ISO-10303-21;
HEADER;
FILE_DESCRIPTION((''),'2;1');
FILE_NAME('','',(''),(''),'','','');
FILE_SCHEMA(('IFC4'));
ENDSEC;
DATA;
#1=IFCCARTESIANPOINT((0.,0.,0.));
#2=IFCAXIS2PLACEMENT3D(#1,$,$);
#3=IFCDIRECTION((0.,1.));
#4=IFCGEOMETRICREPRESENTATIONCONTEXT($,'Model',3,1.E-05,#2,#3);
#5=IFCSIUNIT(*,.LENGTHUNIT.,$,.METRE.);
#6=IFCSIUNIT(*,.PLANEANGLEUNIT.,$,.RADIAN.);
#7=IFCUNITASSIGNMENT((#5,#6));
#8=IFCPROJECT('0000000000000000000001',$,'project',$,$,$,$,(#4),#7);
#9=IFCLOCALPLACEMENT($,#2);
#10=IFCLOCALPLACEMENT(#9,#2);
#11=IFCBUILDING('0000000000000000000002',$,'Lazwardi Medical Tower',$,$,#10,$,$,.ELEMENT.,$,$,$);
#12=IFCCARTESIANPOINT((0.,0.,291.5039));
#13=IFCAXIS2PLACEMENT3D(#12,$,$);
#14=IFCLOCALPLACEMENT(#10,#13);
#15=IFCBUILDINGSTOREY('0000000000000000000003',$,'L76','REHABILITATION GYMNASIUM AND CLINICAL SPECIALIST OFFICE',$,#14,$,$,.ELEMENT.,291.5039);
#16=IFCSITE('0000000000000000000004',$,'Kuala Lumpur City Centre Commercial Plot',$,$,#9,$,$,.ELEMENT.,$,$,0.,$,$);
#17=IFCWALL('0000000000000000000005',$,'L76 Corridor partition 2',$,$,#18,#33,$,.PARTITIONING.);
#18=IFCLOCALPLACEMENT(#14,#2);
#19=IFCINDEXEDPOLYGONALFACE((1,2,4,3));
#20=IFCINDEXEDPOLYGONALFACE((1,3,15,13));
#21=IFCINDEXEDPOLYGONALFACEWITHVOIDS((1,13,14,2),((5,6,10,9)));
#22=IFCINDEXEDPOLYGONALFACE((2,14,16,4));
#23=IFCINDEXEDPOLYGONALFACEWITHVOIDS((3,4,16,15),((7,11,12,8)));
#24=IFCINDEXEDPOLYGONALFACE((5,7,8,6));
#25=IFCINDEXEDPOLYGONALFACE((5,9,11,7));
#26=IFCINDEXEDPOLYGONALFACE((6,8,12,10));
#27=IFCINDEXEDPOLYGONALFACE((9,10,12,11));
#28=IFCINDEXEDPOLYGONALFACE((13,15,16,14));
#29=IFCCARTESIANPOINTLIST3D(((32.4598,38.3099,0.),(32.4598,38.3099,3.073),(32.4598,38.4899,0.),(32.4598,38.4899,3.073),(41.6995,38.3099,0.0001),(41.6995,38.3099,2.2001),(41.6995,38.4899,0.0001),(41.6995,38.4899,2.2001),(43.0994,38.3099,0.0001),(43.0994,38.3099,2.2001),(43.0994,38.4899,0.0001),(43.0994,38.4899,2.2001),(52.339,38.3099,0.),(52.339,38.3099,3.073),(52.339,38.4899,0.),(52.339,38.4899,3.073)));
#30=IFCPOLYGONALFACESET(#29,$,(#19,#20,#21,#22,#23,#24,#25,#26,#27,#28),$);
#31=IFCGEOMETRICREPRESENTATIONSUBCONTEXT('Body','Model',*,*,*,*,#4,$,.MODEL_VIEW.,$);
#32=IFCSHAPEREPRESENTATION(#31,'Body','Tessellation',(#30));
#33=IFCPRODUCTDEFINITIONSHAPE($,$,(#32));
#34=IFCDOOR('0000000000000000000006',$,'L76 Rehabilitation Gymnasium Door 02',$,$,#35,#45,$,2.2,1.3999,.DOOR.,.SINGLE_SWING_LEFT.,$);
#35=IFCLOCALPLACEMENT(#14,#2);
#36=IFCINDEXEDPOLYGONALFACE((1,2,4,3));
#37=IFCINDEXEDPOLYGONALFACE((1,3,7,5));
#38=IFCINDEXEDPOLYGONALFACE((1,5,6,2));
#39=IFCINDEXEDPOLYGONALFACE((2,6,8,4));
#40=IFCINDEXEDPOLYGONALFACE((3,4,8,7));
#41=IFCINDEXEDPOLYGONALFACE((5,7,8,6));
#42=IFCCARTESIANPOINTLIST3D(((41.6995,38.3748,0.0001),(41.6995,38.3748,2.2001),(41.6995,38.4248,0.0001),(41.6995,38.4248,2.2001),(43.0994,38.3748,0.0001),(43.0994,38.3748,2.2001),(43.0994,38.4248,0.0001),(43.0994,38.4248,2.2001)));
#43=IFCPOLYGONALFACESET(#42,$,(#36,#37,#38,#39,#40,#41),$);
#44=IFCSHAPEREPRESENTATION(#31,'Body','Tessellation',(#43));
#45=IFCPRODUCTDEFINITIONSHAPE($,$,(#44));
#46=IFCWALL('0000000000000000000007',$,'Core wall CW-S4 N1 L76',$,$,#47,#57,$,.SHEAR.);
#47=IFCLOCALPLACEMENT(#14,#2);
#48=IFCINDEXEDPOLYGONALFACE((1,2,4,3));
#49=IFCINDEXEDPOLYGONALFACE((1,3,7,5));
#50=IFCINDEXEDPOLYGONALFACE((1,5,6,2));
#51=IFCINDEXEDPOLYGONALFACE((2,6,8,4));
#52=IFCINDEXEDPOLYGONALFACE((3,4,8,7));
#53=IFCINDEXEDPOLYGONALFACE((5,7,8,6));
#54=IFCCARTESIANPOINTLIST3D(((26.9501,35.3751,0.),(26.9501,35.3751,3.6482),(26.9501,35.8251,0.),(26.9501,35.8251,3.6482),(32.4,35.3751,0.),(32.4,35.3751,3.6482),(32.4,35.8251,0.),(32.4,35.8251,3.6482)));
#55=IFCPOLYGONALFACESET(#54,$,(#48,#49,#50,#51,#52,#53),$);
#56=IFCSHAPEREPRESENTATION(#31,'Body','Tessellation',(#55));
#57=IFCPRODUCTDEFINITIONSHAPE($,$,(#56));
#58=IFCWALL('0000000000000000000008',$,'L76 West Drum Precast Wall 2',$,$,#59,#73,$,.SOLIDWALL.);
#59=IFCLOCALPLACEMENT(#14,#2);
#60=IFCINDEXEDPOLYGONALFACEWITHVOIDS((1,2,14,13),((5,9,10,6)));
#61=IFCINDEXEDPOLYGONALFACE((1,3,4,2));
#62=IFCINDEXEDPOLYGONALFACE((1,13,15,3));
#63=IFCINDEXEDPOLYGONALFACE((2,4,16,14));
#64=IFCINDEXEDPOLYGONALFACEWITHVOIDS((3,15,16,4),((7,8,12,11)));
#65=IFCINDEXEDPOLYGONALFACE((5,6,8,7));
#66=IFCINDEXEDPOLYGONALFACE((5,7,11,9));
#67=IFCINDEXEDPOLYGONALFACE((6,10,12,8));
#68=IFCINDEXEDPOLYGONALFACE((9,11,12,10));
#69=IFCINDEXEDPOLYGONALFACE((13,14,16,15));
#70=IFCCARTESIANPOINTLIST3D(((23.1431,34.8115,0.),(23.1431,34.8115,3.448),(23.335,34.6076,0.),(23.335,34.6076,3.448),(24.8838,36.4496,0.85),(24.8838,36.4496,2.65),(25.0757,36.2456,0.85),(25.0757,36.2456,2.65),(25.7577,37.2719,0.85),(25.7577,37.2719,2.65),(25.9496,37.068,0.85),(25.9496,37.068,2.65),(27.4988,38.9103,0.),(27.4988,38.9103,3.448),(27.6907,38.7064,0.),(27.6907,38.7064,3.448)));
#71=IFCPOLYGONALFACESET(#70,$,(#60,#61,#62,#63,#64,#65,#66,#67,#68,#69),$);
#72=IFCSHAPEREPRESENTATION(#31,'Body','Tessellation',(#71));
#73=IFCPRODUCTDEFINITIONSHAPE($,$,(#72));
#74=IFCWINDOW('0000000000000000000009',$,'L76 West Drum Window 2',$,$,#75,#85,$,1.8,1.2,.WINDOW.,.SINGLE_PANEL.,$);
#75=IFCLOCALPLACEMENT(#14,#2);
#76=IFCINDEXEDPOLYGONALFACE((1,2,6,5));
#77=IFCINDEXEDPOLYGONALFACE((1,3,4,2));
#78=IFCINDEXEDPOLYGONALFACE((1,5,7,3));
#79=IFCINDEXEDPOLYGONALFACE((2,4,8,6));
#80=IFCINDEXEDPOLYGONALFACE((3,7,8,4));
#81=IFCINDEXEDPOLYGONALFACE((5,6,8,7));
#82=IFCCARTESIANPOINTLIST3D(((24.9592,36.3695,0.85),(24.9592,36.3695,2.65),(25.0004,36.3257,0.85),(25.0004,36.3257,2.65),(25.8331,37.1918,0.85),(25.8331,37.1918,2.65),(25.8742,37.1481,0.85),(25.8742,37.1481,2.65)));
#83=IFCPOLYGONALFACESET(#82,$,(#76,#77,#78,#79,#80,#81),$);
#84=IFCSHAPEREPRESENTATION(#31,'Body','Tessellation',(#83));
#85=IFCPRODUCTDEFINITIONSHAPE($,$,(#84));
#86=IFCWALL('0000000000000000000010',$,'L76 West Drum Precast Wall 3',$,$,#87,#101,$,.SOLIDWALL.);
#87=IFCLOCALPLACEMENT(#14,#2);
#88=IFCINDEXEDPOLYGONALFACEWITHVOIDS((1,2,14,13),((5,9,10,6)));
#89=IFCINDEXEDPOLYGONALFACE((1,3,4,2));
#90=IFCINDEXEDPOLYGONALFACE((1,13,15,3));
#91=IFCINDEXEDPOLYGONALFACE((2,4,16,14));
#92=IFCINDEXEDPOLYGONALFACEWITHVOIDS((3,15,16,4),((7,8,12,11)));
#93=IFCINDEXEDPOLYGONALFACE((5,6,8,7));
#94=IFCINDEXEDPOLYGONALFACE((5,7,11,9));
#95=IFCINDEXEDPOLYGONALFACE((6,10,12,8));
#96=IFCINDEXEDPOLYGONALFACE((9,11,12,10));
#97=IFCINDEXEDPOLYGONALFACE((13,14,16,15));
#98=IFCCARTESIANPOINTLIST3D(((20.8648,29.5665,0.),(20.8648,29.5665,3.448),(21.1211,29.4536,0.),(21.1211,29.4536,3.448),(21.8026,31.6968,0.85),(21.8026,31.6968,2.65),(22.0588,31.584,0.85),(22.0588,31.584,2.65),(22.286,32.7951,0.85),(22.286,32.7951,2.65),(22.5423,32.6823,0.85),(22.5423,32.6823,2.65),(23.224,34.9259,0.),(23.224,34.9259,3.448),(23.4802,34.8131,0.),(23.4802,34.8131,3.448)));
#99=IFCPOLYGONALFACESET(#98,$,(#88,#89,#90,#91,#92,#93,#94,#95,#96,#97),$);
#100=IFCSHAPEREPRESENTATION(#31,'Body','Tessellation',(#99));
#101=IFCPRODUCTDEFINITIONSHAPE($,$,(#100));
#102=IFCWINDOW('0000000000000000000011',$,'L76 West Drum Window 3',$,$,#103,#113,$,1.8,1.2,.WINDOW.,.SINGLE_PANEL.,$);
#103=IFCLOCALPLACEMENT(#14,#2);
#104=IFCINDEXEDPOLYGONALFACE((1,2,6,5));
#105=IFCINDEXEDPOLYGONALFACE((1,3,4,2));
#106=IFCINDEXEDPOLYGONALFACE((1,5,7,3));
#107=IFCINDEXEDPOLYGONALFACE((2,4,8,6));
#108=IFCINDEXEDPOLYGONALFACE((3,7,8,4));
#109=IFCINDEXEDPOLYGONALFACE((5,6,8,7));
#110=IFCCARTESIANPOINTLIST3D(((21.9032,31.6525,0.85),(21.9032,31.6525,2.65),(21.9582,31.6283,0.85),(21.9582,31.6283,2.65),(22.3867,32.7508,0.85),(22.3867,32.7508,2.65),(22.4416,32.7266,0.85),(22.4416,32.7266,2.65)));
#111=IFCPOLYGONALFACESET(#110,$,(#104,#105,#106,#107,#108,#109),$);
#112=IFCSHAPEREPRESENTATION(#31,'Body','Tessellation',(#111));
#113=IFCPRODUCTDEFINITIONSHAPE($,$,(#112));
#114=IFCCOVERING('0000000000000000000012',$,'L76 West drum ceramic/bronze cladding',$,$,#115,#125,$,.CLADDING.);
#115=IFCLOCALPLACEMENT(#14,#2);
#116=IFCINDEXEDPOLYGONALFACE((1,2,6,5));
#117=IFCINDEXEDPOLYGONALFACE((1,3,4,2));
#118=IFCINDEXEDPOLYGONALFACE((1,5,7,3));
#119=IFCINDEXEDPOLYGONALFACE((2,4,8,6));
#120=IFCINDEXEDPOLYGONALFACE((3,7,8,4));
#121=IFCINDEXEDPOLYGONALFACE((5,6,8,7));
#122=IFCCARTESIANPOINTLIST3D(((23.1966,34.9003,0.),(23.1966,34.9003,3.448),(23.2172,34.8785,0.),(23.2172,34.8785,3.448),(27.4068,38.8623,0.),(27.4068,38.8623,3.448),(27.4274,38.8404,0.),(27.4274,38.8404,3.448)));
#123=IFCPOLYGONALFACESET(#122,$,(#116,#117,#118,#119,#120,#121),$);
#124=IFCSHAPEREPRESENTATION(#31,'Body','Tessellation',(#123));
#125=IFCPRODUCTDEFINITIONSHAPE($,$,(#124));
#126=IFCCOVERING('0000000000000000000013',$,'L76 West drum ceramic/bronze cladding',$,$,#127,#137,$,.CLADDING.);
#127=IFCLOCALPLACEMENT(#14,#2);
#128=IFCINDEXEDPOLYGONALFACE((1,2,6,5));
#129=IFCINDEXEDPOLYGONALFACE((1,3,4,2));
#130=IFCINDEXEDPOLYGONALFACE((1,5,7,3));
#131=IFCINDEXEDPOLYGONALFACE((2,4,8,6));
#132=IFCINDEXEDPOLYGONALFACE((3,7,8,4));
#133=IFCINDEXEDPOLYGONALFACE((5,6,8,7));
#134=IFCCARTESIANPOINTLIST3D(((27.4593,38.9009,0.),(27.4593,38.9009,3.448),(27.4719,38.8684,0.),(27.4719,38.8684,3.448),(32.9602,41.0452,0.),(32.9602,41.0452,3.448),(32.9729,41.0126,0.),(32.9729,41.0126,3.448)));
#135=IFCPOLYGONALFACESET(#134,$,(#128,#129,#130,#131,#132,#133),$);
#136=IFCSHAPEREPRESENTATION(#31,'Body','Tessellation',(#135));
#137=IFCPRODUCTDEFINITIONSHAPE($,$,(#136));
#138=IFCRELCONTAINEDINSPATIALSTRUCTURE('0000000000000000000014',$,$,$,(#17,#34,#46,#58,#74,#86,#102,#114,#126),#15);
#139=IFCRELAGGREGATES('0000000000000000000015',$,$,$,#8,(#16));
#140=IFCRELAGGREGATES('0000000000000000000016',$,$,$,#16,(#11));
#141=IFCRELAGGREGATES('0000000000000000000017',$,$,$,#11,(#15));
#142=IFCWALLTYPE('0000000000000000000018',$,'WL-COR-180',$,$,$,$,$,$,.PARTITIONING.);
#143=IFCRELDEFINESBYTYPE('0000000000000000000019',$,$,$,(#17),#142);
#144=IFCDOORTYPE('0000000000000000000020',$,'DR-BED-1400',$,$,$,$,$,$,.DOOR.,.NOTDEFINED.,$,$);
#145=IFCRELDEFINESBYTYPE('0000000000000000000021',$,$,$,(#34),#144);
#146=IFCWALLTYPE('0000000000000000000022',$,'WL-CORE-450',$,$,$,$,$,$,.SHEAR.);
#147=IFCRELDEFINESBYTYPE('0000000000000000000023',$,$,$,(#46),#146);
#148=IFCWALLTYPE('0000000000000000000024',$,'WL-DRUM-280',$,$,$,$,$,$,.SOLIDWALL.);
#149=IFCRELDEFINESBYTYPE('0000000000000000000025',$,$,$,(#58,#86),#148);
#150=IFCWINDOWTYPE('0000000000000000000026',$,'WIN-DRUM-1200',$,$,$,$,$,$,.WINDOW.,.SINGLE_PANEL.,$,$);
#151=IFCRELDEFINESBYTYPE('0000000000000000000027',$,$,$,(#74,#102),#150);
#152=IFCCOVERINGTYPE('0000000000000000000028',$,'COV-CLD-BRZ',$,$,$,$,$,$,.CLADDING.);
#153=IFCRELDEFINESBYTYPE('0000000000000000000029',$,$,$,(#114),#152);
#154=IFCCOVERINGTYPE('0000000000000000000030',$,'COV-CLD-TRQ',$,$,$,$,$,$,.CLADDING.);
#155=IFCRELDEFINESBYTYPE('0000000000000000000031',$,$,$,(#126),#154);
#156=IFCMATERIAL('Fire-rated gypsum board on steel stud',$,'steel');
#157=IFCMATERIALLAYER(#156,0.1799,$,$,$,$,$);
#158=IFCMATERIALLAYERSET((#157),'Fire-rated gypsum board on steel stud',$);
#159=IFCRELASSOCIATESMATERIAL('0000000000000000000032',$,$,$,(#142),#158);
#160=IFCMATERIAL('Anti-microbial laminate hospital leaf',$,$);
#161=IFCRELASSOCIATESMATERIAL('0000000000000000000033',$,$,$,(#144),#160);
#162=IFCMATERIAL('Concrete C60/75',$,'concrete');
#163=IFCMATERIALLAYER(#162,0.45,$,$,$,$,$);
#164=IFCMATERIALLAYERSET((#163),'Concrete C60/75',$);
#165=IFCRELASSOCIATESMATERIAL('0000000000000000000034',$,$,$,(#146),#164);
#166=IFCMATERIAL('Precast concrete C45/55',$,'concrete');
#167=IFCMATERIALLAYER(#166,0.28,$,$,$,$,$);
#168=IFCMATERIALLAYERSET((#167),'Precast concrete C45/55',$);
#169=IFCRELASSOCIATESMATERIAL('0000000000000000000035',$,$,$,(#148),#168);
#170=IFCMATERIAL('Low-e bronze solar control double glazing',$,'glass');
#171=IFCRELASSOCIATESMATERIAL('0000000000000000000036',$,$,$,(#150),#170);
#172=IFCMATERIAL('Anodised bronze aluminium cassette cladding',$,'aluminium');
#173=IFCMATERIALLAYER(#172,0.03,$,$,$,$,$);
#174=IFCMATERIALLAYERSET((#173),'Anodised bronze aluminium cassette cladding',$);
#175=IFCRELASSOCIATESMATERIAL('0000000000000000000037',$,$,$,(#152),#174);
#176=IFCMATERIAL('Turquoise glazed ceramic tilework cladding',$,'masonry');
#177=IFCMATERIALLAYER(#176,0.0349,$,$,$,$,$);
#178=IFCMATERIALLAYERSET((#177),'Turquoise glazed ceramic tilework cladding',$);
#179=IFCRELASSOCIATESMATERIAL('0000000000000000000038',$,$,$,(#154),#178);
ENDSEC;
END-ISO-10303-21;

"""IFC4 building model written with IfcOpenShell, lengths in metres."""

from ifc_helpers import new_model, si_unit, direction, frame, frame_2d, origin, origin_2d, place, context, subcontext, project, spatial, rectangle, extrude, material, layer, layer_set, type_object, element, fill, save


model = new_model("IFC4")

# Units and contexts
model_context = context("Model", 3, precision=1e-05, world=origin(), true_north=direction((0.0, 1.0)))
body_context = subcontext(model_context, "Body", "Model", "MODEL_VIEW")
ifc_project = project(units=[si_unit("LENGTHUNIT", "METRE"), si_unit("PLANEANGLEUNIT", "RADIAN")], contexts=[model_context])

# Site, building, storey
site_placement = place(None, origin())
site = spatial("IfcSite", under=ifc_project, at=site_placement, Name="Kuala Lumpur City Centre Commercial Plot", CompositionType="ELEMENT", RefElevation=0.0)
building_placement = place(site_placement, origin())
building = spatial("IfcBuilding", under=site, at=building_placement, Name="Lazwardi Medical Tower", CompositionType="ELEMENT")
storey_placement = place(building_placement, frame((0.0, 0.0, 291.5039)))
storey = spatial("IfcBuildingStorey", under=building, at=storey_placement, Name="L76", Description="REHABILITATION GYMNASIUM AND CLINICAL SPECIALIST OFFICE", CompositionType="ELEMENT", Elevation=291.5039)

# Shared definitions
ifc_material_1 = material(Name="Concrete C60/75", Category="concrete")

# Shared definitions
ifc_material_2 = material(Name="Fire-rated gypsum board on steel stud", Category="steel")
ifc_layer_1 = layer(ifc_material_2, 0.1799)
ifc_layer_set_1 = layer_set([ifc_layer_1], Name="Fire-rated gypsum board on steel stud")
wall_type_1 = type_object("IfcWallType", Name="WL-COR-180", PredefinedType="PARTITIONING", material=ifc_layer_set_1)

# Wall, opening, door
wall_1_placement = place(storey_placement, frame((32.46, 38.3999, 0.0), z_axis=(0.0, 0.0, 1.0), x_axis=(1.0, 0.0, 0.0)))
wall_1 = element("IfcWall", 1, at=wall_1_placement, inside=storey, type_object=wall_type_1, Name="L76 Corridor partition 2", PredefinedType="PARTITIONING", context=body_context, shape_type="SweptSolid", body=[
    extrude(rectangle(XDim=19.8792, YDim=0.1799, at=frame_2d((9.9395, 0.0))), origin(), (0.0, 0.0, 1.0), 3.073),
])
opening_1_placement = place(wall_1_placement, frame((9.2395, 0.0, 0.0)))
opening_1 = element("IfcOpeningElement", 2, at=opening_1_placement, cuts=wall_1, PredefinedType="OPENING", context=body_context, shape_type="SweptSolid", body=[
    extrude(rectangle(XDim=1.3999, YDim=2.2, at=frame_2d((0.7, 1.1001))), frame((0.0, 0.0999, 0.0), z_axis=(0.0, -1.0, 0.0), x_axis=(1.0, 0.0, 0.0)), (0.0, 0.0, 1.0), 0.2),
])
ifc_material_3 = material(Name="Anti-microbial laminate hospital leaf")
door_type = type_object("IfcDoorType", Name="DR-BED-1400", OperationType="NOTDEFINED", PredefinedType="DOOR", material=ifc_material_3)
door_placement = place(opening_1_placement, origin())
door = element("IfcDoor", 3, at=door_placement, inside=storey, type_object=door_type, Name="L76 Rehabilitation Gymnasium Door 02", OperationType="SINGLE_SWING_LEFT", OverallHeight=2.2, OverallWidth=1.3999, PredefinedType="DOOR", context=body_context, shape_type="SweptSolid", body=[
    extrude(rectangle(XDim=1.3999, YDim=2.2, at=frame_2d((0.7, 1.1001))), frame((0.0, 0.0249, 0.0), z_axis=(0.0, -1.0, 0.0), x_axis=(1.0, 0.0, 0.0)), (0.0, 0.0, 1.0), 0.05),
])
fill(opening_1, door)

# Wall
ifc_layer_2 = layer(ifc_material_1, 0.45)
ifc_layer_set_2 = layer_set([ifc_layer_2], Name="Concrete C60/75")
wall_type_2 = type_object("IfcWallType", Name="WL-CORE-450", PredefinedType="SHEAR", material=ifc_layer_set_2)
wall_2_placement = place(storey_placement, frame((26.95, 35.6001, 0.0), z_axis=(0.0, 0.0, 1.0), x_axis=(1.0, 0.0, 0.0)))
element("IfcWall", 4, at=wall_2_placement, inside=storey, type_object=wall_type_2, Name="Core wall CW-S4 N1 L76", PredefinedType="SHEAR", context=body_context, shape_type="SweptSolid", body=[
    extrude(rectangle(XDim=5.45, YDim=0.45, at=frame_2d((2.7251, 0.0))), origin(), (0.0, 0.0, 1.0), 3.6482),
])

# Walls, openings, windows
ifc_material_4 = material(Name="Precast concrete C45/55", Category="concrete")
ifc_layer_3 = layer(ifc_material_4, 0.28)
ifc_layer_set_3 = layer_set([ifc_layer_3], Name="Precast concrete C45/55")
wall_type_3 = type_object("IfcWallType", Name="WL-DRUM-280", PredefinedType="SOLIDWALL", material=ifc_layer_set_3)
wall_3_placement = place(storey_placement, frame((27.5947, 38.8083, 0.0), z_axis=(0.0, 0.0, 1.0), x_axis=(-0.728252, -0.68531, 0.0)))
wall_3 = element("IfcWall", 5, at=wall_3_placement, inside=storey, type_object=wall_type_3, Name="L76 West Drum Precast Wall 2", PredefinedType="SOLIDWALL", context=body_context, shape_type="SweptSolid", body=[
    extrude(rectangle(XDim=5.981, YDim=0.28, at=frame_2d((2.9905, 0.0))), origin(), (0.0, 0.0, 1.0), 3.448),
])
opening_2_placement = place(wall_3_placement, frame((2.3906, 0.0, 0.8501)))
opening_2 = element("IfcOpeningElement", 6, at=opening_2_placement, cuts=wall_3, PredefinedType="OPENING", context=body_context, shape_type="SweptSolid", body=[
    extrude(rectangle(XDim=1.2, YDim=1.8, at=frame_2d((0.6001, 0.8999))), frame((0.0, 0.1499, 0.0), z_axis=(0.0, -1.0, 0.0), x_axis=(1.0, 0.0, 0.0)), (0.0, 0.0, 1.0), 0.3),
])
ifc_material_5 = material(Name="Low-e bronze solar control double glazing", Category="glass")
window_type = type_object("IfcWindowType", Name="WIN-DRUM-1200", PartitioningType="SINGLE_PANEL", PredefinedType="WINDOW", material=ifc_material_5)
window_1_placement = place(opening_2_placement, origin())
window_1 = element("IfcWindow", 7, at=window_1_placement, inside=storey, type_object=window_type, Name="L76 West Drum Window 2", OverallHeight=1.8, OverallWidth=1.2, PartitioningType="SINGLE_PANEL", PredefinedType="WINDOW", context=body_context, shape_type="SweptSolid", body=[
    extrude(rectangle(XDim=1.2, YDim=1.8, at=frame_2d((0.6001, 0.8999))), frame((0.0, 0.03, 0.0), z_axis=(0.0, -1.0, 0.0), x_axis=(1.0, 0.0, 0.0)), (0.0, 0.0, 1.0), 0.0601),
])
fill(opening_2, window_1)
wall_4_placement = place(storey_placement, frame((23.3521, 34.8694, 0.0), z_axis=(0.0, 0.0, 1.0), x_axis=(-0.402883, -0.915252, 0.0)))
wall_4 = element("IfcWall", 8, at=wall_4_placement, inside=storey, type_object=wall_type_3, Name="L76 West Drum Precast Wall 3", PredefinedType="SOLIDWALL", context=body_context, shape_type="SweptSolid", body=[
    extrude(rectangle(XDim=5.8557, YDim=0.28, at=frame_2d((2.9277, 0.0))), origin(), (0.0, 0.0, 1.0), 3.448),
])
opening_3_placement = place(wall_4_placement, frame((2.3279, 0.0, 0.8501)))
opening_3 = element("IfcOpeningElement", 9, at=opening_3_placement, cuts=wall_4, PredefinedType="OPENING", context=body_context, shape_type="SweptSolid", body=[
    extrude(rectangle(XDim=1.2, YDim=1.8, at=frame_2d((0.6001, 0.8999))), frame((0.0, 0.1499, 0.0), z_axis=(0.0, -1.0, 0.0), x_axis=(1.0, 0.0, 0.0)), (0.0, 0.0, 1.0), 0.3),
])
window_2_placement = place(opening_3_placement, origin())
window_2 = element("IfcWindow", 10, at=window_2_placement, inside=storey, type_object=window_type, Name="L76 West Drum Window 3", OverallHeight=1.8, OverallWidth=1.2, PartitioningType="SINGLE_PANEL", PredefinedType="WINDOW", context=body_context, shape_type="SweptSolid", body=[
    extrude(rectangle(XDim=1.2, YDim=1.8, at=frame_2d((0.6001, 0.8999))), frame((0.0, 0.03, 0.0), z_axis=(0.0, -1.0, 0.0), x_axis=(1.0, 0.0, 0.0)), (0.0, 0.0, 1.0), 0.0601),
])
fill(opening_3, window_2)

# Coverings
ifc_material_6 = material(Name="Anodised bronze aluminium cassette cladding", Category="aluminium")
ifc_layer_4 = layer(ifc_material_6, 0.03)
ifc_layer_set_4 = layer_set([ifc_layer_4], Name="Anodised bronze aluminium cassette cladding")
covering_type_1 = type_object("IfcCoveringType", Name="COV-CLD-BRZ", PredefinedType="CLADDING", material=ifc_layer_set_4)
covering_1_placement = place(storey_placement, frame((25.312, 36.8704, 0.0), z_axis=(0.0, 0.0, 1.0), x_axis=(-0.728255, -0.685306, 0.0)))
element("IfcCovering", 11, at=covering_1_placement, inside=storey, type_object=covering_type_1, Name="L76 West drum ceramic/bronze cladding", PredefinedType="CLADDING", context=body_context, shape_type="SweptSolid", body=[
    extrude(rectangle(XDim=5.7812, YDim=0.03, at=origin_2d()), origin(), (0.0, 0.0, 1.0), 3.448),
])
ifc_material_7 = material(Name="Turquoise glazed ceramic tilework cladding", Category="masonry")
ifc_layer_5 = layer(ifc_material_7, 0.0349)
ifc_layer_set_5 = layer_set([ifc_layer_5], Name="Turquoise glazed ceramic tilework cladding")
covering_type_2 = type_object("IfcCoveringType", Name="COV-CLD-TRQ", PredefinedType="CLADDING", material=ifc_layer_set_5)
covering_2_placement = place(storey_placement, frame((30.2161, 39.9568, 0.0), z_axis=(0.0, 0.0, 1.0), x_axis=(-0.93172, -0.363176, 0.0)))
element("IfcCovering", 12, at=covering_2_placement, inside=storey, type_object=covering_type_2, Name="L76 West drum ceramic/bronze cladding", PredefinedType="CLADDING", context=body_context, shape_type="SweptSolid", body=[
    extrude(rectangle(XDim=5.9041, YDim=0.0349, at=origin_2d()), origin(), (0.0, 0.0, 1.0), 3.448),
])

save(model, "model.ifc")
